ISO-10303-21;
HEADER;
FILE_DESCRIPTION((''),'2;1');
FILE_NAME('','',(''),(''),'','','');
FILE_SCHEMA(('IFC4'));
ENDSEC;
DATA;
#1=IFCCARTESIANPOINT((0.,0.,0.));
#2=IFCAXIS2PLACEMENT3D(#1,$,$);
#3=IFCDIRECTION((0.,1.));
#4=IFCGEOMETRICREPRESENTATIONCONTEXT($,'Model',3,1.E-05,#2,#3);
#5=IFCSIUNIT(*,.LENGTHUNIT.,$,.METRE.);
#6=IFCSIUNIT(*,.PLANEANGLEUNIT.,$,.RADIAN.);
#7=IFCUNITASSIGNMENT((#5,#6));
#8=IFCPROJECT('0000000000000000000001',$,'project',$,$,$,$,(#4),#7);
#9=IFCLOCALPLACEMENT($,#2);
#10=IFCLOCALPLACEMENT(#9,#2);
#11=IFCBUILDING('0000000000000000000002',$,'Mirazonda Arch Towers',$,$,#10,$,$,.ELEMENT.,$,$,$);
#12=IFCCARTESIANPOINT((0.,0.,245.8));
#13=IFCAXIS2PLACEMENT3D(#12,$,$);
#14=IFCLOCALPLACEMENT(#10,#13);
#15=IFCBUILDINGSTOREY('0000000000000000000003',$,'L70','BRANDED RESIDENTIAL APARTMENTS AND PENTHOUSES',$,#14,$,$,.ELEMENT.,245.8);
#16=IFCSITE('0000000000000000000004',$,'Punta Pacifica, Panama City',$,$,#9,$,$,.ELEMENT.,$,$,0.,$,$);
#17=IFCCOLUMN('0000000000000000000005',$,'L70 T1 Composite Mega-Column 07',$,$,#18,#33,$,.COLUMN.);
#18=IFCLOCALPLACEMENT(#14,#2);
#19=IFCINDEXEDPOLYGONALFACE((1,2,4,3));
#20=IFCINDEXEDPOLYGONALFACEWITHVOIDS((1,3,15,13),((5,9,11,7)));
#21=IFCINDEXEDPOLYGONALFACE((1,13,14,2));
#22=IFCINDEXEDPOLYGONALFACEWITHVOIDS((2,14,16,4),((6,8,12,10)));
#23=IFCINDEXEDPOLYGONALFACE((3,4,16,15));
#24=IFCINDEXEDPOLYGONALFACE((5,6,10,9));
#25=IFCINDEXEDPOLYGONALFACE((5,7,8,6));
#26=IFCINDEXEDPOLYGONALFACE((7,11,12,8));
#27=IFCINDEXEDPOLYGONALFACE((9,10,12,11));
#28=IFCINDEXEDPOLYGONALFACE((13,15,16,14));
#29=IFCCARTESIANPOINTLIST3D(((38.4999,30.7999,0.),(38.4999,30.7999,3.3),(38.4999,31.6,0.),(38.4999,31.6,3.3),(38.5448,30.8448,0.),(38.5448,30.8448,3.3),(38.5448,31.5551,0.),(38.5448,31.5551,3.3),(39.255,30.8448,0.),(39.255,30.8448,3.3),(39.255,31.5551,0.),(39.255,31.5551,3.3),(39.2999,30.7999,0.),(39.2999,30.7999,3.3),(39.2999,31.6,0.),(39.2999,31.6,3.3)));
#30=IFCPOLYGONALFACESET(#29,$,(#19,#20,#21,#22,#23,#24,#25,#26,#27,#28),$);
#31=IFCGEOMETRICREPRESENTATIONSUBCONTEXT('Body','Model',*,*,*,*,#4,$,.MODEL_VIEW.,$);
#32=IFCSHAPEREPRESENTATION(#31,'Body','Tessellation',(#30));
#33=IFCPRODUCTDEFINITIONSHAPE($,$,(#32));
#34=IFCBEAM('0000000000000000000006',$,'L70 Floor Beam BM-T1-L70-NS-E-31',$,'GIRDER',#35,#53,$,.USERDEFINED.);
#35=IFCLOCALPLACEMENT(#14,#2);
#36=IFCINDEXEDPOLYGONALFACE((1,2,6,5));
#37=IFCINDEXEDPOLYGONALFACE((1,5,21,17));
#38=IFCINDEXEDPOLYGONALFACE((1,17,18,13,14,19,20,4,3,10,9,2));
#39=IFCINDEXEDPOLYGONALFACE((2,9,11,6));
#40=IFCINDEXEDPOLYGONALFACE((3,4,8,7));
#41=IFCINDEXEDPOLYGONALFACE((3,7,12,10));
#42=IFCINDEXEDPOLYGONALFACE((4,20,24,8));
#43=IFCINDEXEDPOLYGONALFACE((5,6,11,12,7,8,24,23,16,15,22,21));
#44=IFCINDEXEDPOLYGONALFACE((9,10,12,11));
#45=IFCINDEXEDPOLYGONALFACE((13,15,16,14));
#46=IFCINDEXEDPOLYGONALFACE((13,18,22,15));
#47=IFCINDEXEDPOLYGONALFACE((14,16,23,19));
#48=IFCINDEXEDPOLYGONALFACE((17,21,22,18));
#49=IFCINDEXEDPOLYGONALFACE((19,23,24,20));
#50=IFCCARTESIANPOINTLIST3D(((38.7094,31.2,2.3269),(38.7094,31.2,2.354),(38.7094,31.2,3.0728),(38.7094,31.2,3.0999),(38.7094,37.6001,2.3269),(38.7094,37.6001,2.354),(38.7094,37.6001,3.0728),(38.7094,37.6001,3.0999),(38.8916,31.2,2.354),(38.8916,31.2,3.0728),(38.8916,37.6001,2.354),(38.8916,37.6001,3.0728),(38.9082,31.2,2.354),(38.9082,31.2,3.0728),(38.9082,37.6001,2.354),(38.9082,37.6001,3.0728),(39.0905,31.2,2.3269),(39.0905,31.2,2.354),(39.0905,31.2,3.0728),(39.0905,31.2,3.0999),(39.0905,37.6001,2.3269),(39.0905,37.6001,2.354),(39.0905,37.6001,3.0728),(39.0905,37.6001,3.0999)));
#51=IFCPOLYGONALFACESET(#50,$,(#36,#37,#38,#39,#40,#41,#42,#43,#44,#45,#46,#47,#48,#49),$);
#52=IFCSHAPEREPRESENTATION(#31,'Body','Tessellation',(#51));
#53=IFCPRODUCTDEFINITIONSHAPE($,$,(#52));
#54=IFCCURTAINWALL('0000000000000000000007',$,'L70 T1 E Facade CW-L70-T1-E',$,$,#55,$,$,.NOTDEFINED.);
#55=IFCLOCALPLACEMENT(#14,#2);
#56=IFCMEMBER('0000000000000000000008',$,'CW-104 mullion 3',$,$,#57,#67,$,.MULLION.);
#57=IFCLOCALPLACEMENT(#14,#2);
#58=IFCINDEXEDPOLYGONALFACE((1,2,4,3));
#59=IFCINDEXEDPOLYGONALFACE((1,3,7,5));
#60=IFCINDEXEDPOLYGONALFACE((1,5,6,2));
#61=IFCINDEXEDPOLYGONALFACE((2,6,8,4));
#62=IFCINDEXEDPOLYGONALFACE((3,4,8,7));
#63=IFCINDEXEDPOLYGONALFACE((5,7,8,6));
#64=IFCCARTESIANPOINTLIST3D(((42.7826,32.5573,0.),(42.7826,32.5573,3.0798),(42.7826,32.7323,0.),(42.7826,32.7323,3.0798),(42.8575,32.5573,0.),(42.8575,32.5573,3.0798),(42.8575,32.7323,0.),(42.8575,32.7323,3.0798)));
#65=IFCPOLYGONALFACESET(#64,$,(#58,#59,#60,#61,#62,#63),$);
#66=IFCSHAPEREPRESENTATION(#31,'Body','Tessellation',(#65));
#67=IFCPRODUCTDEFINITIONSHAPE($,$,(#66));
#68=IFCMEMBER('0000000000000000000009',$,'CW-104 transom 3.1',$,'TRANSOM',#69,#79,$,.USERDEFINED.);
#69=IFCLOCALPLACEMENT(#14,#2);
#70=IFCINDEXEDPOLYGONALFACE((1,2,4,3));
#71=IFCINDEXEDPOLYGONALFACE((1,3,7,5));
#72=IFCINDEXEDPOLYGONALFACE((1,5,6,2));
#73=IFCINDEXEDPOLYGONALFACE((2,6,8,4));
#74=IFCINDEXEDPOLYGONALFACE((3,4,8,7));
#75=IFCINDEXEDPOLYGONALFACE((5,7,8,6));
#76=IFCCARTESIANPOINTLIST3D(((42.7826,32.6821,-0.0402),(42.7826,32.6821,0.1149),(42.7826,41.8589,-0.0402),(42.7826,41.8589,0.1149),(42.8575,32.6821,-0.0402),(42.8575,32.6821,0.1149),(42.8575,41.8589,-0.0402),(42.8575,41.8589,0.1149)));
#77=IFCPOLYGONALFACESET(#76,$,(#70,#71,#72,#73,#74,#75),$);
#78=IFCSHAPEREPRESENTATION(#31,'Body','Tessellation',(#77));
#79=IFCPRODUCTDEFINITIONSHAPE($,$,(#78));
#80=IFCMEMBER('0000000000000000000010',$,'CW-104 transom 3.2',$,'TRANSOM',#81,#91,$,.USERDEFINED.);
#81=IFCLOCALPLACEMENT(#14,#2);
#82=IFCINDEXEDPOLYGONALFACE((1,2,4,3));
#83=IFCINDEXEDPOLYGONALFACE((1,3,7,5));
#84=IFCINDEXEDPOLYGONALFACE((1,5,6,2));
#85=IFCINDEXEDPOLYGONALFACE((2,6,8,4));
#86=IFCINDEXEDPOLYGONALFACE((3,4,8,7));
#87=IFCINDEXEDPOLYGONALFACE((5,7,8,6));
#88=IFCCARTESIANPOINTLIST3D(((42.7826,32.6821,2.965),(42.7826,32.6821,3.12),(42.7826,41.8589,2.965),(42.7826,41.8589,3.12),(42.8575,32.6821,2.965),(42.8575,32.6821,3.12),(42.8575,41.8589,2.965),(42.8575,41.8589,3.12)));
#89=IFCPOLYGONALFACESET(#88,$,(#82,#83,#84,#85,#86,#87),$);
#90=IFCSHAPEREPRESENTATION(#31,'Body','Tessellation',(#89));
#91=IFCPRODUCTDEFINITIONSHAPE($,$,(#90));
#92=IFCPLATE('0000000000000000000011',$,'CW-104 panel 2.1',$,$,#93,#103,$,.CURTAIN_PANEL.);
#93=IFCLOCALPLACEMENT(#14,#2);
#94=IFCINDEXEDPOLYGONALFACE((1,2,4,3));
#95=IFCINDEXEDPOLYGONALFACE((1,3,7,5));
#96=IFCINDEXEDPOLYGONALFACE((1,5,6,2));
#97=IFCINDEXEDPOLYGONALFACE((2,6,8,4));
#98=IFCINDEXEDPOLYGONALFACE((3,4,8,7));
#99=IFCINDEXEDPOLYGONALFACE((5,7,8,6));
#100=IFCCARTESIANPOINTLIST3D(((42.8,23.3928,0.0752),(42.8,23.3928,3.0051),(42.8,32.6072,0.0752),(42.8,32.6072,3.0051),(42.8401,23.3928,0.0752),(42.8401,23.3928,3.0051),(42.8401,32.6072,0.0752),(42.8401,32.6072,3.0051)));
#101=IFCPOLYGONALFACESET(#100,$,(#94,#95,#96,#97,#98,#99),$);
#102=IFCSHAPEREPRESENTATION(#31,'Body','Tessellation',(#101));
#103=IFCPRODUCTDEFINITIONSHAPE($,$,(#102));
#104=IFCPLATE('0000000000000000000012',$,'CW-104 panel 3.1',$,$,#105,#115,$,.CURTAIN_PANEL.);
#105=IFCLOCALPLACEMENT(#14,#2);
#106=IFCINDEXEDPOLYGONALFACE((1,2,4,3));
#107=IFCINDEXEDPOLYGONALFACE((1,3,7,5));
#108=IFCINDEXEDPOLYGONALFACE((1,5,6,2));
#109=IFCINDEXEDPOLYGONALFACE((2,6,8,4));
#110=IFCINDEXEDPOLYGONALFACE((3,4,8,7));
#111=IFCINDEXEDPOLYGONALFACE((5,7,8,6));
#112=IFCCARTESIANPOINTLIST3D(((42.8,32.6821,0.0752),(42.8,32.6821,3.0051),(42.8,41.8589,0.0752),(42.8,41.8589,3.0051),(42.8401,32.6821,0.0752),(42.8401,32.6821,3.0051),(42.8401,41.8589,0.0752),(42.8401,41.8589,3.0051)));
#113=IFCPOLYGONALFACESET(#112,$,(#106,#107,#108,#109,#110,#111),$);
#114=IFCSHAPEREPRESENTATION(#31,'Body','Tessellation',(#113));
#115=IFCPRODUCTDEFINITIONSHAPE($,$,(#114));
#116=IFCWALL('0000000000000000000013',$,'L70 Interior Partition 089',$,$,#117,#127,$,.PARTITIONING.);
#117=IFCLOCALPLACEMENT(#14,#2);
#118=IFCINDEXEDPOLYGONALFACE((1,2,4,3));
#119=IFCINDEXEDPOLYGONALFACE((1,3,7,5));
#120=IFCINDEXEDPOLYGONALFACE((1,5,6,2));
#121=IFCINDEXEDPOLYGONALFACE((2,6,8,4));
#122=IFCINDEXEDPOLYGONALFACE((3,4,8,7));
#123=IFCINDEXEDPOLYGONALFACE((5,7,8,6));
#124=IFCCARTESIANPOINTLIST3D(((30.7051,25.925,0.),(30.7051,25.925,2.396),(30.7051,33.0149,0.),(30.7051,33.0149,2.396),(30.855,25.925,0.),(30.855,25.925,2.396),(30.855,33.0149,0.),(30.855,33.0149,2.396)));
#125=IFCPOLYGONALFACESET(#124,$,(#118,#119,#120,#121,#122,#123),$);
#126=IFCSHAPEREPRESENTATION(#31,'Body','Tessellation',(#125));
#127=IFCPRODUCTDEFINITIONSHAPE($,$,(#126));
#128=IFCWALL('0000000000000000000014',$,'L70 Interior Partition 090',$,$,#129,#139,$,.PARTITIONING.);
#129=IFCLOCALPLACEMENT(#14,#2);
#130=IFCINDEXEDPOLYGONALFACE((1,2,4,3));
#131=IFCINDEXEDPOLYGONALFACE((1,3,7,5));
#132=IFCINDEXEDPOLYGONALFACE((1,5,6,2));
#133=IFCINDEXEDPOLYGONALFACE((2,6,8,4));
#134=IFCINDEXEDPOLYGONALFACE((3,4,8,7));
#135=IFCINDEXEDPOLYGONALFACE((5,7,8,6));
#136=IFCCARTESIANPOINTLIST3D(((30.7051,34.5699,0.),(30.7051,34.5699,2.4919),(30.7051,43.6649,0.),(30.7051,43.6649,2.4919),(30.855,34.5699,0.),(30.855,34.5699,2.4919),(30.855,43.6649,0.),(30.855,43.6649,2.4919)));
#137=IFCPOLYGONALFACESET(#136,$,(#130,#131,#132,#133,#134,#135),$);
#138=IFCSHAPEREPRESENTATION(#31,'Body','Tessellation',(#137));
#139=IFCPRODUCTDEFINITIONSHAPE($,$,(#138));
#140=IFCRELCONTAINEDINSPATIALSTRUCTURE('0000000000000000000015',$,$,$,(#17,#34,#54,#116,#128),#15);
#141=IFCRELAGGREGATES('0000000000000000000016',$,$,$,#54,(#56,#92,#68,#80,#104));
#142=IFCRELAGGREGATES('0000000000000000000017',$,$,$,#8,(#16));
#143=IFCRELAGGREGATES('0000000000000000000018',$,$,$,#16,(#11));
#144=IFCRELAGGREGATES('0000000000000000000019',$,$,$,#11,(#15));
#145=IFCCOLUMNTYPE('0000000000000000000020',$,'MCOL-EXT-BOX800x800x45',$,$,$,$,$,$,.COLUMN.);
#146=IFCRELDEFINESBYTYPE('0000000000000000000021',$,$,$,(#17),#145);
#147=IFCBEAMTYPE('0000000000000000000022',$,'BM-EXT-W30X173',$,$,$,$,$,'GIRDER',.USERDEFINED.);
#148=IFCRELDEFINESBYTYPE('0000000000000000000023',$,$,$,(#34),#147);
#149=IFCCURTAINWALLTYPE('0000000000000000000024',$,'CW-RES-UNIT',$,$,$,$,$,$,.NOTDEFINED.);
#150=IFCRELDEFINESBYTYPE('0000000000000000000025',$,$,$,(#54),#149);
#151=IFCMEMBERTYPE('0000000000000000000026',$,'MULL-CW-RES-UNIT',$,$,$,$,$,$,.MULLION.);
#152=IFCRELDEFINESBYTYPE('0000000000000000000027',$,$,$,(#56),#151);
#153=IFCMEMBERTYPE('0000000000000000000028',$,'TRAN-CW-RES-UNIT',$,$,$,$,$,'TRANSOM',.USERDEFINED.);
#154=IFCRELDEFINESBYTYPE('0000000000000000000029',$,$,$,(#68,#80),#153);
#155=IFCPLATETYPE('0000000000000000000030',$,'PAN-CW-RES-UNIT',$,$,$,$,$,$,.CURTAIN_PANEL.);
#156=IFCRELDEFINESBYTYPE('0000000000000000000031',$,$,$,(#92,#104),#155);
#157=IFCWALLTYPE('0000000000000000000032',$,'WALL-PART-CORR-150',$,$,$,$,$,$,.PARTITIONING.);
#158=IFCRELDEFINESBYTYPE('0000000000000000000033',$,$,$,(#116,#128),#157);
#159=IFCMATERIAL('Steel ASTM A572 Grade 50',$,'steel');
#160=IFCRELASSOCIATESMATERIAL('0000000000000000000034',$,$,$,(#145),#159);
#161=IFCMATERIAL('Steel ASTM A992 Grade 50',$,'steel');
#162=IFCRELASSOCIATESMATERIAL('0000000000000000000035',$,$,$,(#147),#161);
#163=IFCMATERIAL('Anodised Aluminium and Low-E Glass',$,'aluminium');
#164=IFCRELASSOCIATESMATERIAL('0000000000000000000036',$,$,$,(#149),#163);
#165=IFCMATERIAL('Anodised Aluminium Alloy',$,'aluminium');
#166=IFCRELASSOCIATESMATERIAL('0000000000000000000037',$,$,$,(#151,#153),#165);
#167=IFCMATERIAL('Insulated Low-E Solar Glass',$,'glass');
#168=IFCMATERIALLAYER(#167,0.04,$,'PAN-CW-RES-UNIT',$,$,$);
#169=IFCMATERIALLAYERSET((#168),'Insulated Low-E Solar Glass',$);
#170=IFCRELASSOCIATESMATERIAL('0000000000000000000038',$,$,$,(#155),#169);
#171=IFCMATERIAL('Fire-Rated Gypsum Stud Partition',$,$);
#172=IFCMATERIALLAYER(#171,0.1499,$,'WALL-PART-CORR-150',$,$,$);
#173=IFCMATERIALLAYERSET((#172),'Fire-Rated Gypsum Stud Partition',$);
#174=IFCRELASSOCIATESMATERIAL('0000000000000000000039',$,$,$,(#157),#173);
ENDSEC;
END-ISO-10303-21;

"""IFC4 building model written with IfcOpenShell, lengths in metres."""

from ifc_helpers import new_model, si_unit, direction, frame, frame_2d, origin, origin_2d, place, context, subcontext, project, spatial, rectangle, hollow_rectangle, i_section, extrude, material, layer, layer_set, material_profile, profile_set, type_object, element, aggregate, save


model = new_model("IFC4")

# Units and contexts
model_context = context("Model", 3, precision=1e-05, world=origin(), true_north=direction((0.0, 1.0)))
body_context = subcontext(model_context, "Body", "Model", "MODEL_VIEW")
ifc_project = project(units=[si_unit("LENGTHUNIT", "METRE"), si_unit("PLANEANGLEUNIT", "RADIAN")], contexts=[model_context])

# Site, building, storey
site_placement = place(None, origin())
site = spatial("IfcSite", under=ifc_project, at=site_placement, Name="Punta Pacifica, Panama City", CompositionType="ELEMENT", RefElevation=0.0)
building_placement = place(site_placement, origin())
building = spatial("IfcBuilding", under=site, at=building_placement, Name="Mirazonda Arch Towers", CompositionType="ELEMENT")
storey_placement = place(building_placement, frame((0.0, 0.0, 245.8)))
storey = spatial("IfcBuildingStorey", under=building, at=storey_placement, Name="L70", Description="BRANDED RESIDENTIAL APARTMENTS AND PENTHOUSES", CompositionType="ELEMENT", Elevation=245.8)

# Column
ifc_material_1 = material(Name="Steel ASTM A572 Grade 50", Category="steel")
ifc_material_profile_1 = material_profile(ifc_material_1, hollow_rectangle(XDim=0.8, YDim=0.8, WallThickness=0.0449, at=origin_2d()), Name="BOX800x800x45")
ifc_profile_set_1 = profile_set([ifc_material_profile_1], Name="Steel ASTM A572 Grade 50")
column_type = type_object("IfcColumnType", Name="MCOL-EXT-BOX800x800x45", PredefinedType="COLUMN", material=ifc_profile_set_1)
column_placement = place(storey_placement, frame((38.8999, 31.2, 0.0), z_axis=(0.0, 0.0, 1.0), x_axis=(1.0, 0.0, 0.0)))
element("IfcColumn", 1, at=column_placement, inside=storey, type_object=column_type, Name="L70 T1 Composite Mega-Column 07", PredefinedType="COLUMN", context=body_context, shape_type="SweptSolid", body=[
    extrude(hollow_rectangle(XDim=0.8, YDim=0.8, WallThickness=0.0449, at=origin_2d()), origin(), (0.0, 0.0, 1.0), 3.3),
])

# Beam
ifc_material_2 = material(Name="Steel ASTM A992 Grade 50", Category="steel")
ifc_material_profile_2 = material_profile(ifc_material_2, i_section(OverallWidth=0.3811, OverallDepth=0.7729, WebThickness=0.0166, FlangeThickness=0.0271, at=origin_2d()), Name="W30X173")
ifc_profile_set_2 = profile_set([ifc_material_profile_2], Name="Steel ASTM A992 Grade 50")
beam_type = type_object("IfcBeamType", Name="BM-EXT-W30X173", ElementType="GIRDER", PredefinedType="USERDEFINED", material=ifc_profile_set_2)
beam_placement = place(storey_placement, frame((38.8999, 31.2, 2.7134), z_axis=(0.0, 1.0, 0.0), x_axis=(-1.0, 0.0, 0.0)))
element("IfcBeam", 2, at=beam_placement, inside=storey, type_object=beam_type, Name="L70 Floor Beam BM-T1-L70-NS-E-31", ObjectType="GIRDER", PredefinedType="USERDEFINED", context=body_context, shape_type="SweptSolid", body=[
    extrude(i_section(OverallWidth=0.3811, OverallDepth=0.7729, WebThickness=0.0166, FlangeThickness=0.0271, at=origin_2d()), origin(), (0.0, 0.0, 1.0), 6.4001),
])

# Curtain wall, members, plates
ifc_material_3 = material(Name="Anodised Aluminium and Low-E Glass", Category="aluminium")
curtain_wall_type = type_object("IfcCurtainWallType", Name="CW-RES-UNIT", PredefinedType="NOTDEFINED", material=ifc_material_3)
curtain_wall_placement = place(storey_placement, origin())
curtain_wall = element("IfcCurtainWall", 3, at=curtain_wall_placement, inside=storey, type_object=curtain_wall_type, Name="L70 T1 E Facade CW-L70-T1-E", PredefinedType="NOTDEFINED")
ifc_material_4 = material(Name="Anodised Aluminium Alloy", Category="aluminium")
ifc_material_profile_3 = material_profile(ifc_material_4, rectangle(XDim=0.075, YDim=0.175, at=origin_2d()), Name="ALU-MULL-75x175")
ifc_profile_set_3 = profile_set([ifc_material_profile_3], Name="Anodised Aluminium Alloy")
member_type_1 = type_object("IfcMemberType", Name="MULL-CW-RES-UNIT", PredefinedType="MULLION", material=ifc_profile_set_3)
member_1_placement = place(storey_placement, frame((42.8201, 32.6448, 0.0), z_axis=(0.0, 0.0, 1.0), x_axis=(-1.0, 0.0, 0.0)))
member_1 = element("IfcMember", 4, at=member_1_placement, type_object=member_type_1, Name="CW-104 mullion 3", PredefinedType="MULLION", context=body_context, shape_type="SweptSolid", body=[
    extrude(rectangle(XDim=0.075, YDim=0.175, at=origin_2d()), origin(), (0.0, 0.0, 1.0), 3.0798),
])
ifc_material_profile_4 = material_profile(ifc_material_4, rectangle(XDim=0.075, YDim=0.155, at=origin_2d()), Name="ALU-TRAN-75x155")
ifc_profile_set_4 = profile_set([ifc_material_profile_4], Name="Anodised Aluminium Alloy")
member_type_2 = type_object("IfcMemberType", Name="TRAN-CW-RES-UNIT", ElementType="TRANSOM", PredefinedType="USERDEFINED", material=ifc_profile_set_4)
member_2_placement = place(storey_placement, frame((42.8201, 32.6821, 0.0374), z_axis=(0.0, 1.0, 0.0), x_axis=(-1.0, 0.0, 0.0)))
member_2 = element("IfcMember", 5, at=member_2_placement, type_object=member_type_2, Name="CW-104 transom 3.1", ObjectType="TRANSOM", PredefinedType="USERDEFINED", context=body_context, shape_type="SweptSolid", body=[
    extrude(rectangle(XDim=0.075, YDim=0.155, at=origin_2d()), origin(), (0.0, 0.0, 1.0), 9.1768),
])
member_3_placement = place(storey_placement, frame((42.8201, 32.6821, 3.0425), z_axis=(0.0, 1.0, 0.0), x_axis=(-1.0, 0.0, 0.0)))
member_3 = element("IfcMember", 6, at=member_3_placement, type_object=member_type_2, Name="CW-104 transom 3.2", ObjectType="TRANSOM", PredefinedType="USERDEFINED", context=body_context, shape_type="SweptSolid", body=[
    extrude(rectangle(XDim=0.075, YDim=0.155, at=origin_2d()), origin(), (0.0, 0.0, 1.0), 9.1768),
])
ifc_material_5 = material(Name="Insulated Low-E Solar Glass", Category="glass")
ifc_layer_1 = layer(ifc_material_5, 0.04, Name="PAN-CW-RES-UNIT")
ifc_layer_set_1 = layer_set([ifc_layer_1], Name="Insulated Low-E Solar Glass")
plate_type = type_object("IfcPlateType", Name="PAN-CW-RES-UNIT", PredefinedType="CURTAIN_PANEL", material=ifc_layer_set_1)
plate_1_placement = place(storey_placement, frame((42.8201, 28.0, 0.0752), z_axis=(0.0, 0.0, 1.0), x_axis=(0.0, 1.0, 0.0)))
plate_1 = element("IfcPlate", 7, at=plate_1_placement, type_object=plate_type, Name="CW-104 panel 2.1", PredefinedType="CURTAIN_PANEL", context=body_context, shape_type="SweptSolid", body=[
    extrude(rectangle(XDim=9.2144, YDim=0.04, at=origin_2d()), origin(), (0.0, 0.0, 1.0), 2.9299),
])
plate_2_placement = place(storey_placement, frame((42.8201, 37.2705, 0.0752), z_axis=(0.0, 0.0, 1.0), x_axis=(0.0, 1.0, 0.0)))
plate_2 = element("IfcPlate", 8, at=plate_2_placement, type_object=plate_type, Name="CW-104 panel 3.1", PredefinedType="CURTAIN_PANEL", context=body_context, shape_type="SweptSolid", body=[
    extrude(rectangle(XDim=9.1768, YDim=0.04, at=origin_2d()), origin(), (0.0, 0.0, 1.0), 2.9299),
])
aggregate(curtain_wall, [member_1, plate_1, member_2, member_3, plate_2])

# Walls
ifc_material_6 = material(Name="Fire-Rated Gypsum Stud Partition")
ifc_layer_2 = layer(ifc_material_6, 0.1499, Name="WALL-PART-CORR-150")
ifc_layer_set_2 = layer_set([ifc_layer_2], Name="Fire-Rated Gypsum Stud Partition")
wall_type_1 = type_object("IfcWallType", Name="WALL-PART-CORR-150", PredefinedType="PARTITIONING", material=ifc_layer_set_2)
wall_1_placement = place(storey_placement, frame((30.78, 25.925, 0.0), z_axis=(0.0, 0.0, 1.0), x_axis=(0.0, 1.0, 0.0)))
element("IfcWall", 9, at=wall_1_placement, inside=storey, type_object=wall_type_1, Name="L70 Interior Partition 089", PredefinedType="PARTITIONING", context=body_context, shape_type="SweptSolid", body=[
    extrude(rectangle(XDim=7.0898, YDim=0.1499, at=frame_2d((3.5449, 0.0))), origin(), (0.0, 0.0, 1.0), 2.396),
])
wall_2_placement = place(storey_placement, frame((30.78, 34.5701, 0.0), z_axis=(0.0, 0.0, 1.0), x_axis=(0.0, 1.0, 0.0)))
element("IfcWall", 10, at=wall_2_placement, inside=storey, type_object=wall_type_1, Name="L70 Interior Partition 090", PredefinedType="PARTITIONING", context=body_context, shape_type="SweptSolid", body=[
    extrude(rectangle(XDim=9.095, YDim=0.1499, at=frame_2d((4.5474, 0.0))), origin(), (0.0, 0.0, 1.0), 2.4919),
])

save(model, "model.ifc")
